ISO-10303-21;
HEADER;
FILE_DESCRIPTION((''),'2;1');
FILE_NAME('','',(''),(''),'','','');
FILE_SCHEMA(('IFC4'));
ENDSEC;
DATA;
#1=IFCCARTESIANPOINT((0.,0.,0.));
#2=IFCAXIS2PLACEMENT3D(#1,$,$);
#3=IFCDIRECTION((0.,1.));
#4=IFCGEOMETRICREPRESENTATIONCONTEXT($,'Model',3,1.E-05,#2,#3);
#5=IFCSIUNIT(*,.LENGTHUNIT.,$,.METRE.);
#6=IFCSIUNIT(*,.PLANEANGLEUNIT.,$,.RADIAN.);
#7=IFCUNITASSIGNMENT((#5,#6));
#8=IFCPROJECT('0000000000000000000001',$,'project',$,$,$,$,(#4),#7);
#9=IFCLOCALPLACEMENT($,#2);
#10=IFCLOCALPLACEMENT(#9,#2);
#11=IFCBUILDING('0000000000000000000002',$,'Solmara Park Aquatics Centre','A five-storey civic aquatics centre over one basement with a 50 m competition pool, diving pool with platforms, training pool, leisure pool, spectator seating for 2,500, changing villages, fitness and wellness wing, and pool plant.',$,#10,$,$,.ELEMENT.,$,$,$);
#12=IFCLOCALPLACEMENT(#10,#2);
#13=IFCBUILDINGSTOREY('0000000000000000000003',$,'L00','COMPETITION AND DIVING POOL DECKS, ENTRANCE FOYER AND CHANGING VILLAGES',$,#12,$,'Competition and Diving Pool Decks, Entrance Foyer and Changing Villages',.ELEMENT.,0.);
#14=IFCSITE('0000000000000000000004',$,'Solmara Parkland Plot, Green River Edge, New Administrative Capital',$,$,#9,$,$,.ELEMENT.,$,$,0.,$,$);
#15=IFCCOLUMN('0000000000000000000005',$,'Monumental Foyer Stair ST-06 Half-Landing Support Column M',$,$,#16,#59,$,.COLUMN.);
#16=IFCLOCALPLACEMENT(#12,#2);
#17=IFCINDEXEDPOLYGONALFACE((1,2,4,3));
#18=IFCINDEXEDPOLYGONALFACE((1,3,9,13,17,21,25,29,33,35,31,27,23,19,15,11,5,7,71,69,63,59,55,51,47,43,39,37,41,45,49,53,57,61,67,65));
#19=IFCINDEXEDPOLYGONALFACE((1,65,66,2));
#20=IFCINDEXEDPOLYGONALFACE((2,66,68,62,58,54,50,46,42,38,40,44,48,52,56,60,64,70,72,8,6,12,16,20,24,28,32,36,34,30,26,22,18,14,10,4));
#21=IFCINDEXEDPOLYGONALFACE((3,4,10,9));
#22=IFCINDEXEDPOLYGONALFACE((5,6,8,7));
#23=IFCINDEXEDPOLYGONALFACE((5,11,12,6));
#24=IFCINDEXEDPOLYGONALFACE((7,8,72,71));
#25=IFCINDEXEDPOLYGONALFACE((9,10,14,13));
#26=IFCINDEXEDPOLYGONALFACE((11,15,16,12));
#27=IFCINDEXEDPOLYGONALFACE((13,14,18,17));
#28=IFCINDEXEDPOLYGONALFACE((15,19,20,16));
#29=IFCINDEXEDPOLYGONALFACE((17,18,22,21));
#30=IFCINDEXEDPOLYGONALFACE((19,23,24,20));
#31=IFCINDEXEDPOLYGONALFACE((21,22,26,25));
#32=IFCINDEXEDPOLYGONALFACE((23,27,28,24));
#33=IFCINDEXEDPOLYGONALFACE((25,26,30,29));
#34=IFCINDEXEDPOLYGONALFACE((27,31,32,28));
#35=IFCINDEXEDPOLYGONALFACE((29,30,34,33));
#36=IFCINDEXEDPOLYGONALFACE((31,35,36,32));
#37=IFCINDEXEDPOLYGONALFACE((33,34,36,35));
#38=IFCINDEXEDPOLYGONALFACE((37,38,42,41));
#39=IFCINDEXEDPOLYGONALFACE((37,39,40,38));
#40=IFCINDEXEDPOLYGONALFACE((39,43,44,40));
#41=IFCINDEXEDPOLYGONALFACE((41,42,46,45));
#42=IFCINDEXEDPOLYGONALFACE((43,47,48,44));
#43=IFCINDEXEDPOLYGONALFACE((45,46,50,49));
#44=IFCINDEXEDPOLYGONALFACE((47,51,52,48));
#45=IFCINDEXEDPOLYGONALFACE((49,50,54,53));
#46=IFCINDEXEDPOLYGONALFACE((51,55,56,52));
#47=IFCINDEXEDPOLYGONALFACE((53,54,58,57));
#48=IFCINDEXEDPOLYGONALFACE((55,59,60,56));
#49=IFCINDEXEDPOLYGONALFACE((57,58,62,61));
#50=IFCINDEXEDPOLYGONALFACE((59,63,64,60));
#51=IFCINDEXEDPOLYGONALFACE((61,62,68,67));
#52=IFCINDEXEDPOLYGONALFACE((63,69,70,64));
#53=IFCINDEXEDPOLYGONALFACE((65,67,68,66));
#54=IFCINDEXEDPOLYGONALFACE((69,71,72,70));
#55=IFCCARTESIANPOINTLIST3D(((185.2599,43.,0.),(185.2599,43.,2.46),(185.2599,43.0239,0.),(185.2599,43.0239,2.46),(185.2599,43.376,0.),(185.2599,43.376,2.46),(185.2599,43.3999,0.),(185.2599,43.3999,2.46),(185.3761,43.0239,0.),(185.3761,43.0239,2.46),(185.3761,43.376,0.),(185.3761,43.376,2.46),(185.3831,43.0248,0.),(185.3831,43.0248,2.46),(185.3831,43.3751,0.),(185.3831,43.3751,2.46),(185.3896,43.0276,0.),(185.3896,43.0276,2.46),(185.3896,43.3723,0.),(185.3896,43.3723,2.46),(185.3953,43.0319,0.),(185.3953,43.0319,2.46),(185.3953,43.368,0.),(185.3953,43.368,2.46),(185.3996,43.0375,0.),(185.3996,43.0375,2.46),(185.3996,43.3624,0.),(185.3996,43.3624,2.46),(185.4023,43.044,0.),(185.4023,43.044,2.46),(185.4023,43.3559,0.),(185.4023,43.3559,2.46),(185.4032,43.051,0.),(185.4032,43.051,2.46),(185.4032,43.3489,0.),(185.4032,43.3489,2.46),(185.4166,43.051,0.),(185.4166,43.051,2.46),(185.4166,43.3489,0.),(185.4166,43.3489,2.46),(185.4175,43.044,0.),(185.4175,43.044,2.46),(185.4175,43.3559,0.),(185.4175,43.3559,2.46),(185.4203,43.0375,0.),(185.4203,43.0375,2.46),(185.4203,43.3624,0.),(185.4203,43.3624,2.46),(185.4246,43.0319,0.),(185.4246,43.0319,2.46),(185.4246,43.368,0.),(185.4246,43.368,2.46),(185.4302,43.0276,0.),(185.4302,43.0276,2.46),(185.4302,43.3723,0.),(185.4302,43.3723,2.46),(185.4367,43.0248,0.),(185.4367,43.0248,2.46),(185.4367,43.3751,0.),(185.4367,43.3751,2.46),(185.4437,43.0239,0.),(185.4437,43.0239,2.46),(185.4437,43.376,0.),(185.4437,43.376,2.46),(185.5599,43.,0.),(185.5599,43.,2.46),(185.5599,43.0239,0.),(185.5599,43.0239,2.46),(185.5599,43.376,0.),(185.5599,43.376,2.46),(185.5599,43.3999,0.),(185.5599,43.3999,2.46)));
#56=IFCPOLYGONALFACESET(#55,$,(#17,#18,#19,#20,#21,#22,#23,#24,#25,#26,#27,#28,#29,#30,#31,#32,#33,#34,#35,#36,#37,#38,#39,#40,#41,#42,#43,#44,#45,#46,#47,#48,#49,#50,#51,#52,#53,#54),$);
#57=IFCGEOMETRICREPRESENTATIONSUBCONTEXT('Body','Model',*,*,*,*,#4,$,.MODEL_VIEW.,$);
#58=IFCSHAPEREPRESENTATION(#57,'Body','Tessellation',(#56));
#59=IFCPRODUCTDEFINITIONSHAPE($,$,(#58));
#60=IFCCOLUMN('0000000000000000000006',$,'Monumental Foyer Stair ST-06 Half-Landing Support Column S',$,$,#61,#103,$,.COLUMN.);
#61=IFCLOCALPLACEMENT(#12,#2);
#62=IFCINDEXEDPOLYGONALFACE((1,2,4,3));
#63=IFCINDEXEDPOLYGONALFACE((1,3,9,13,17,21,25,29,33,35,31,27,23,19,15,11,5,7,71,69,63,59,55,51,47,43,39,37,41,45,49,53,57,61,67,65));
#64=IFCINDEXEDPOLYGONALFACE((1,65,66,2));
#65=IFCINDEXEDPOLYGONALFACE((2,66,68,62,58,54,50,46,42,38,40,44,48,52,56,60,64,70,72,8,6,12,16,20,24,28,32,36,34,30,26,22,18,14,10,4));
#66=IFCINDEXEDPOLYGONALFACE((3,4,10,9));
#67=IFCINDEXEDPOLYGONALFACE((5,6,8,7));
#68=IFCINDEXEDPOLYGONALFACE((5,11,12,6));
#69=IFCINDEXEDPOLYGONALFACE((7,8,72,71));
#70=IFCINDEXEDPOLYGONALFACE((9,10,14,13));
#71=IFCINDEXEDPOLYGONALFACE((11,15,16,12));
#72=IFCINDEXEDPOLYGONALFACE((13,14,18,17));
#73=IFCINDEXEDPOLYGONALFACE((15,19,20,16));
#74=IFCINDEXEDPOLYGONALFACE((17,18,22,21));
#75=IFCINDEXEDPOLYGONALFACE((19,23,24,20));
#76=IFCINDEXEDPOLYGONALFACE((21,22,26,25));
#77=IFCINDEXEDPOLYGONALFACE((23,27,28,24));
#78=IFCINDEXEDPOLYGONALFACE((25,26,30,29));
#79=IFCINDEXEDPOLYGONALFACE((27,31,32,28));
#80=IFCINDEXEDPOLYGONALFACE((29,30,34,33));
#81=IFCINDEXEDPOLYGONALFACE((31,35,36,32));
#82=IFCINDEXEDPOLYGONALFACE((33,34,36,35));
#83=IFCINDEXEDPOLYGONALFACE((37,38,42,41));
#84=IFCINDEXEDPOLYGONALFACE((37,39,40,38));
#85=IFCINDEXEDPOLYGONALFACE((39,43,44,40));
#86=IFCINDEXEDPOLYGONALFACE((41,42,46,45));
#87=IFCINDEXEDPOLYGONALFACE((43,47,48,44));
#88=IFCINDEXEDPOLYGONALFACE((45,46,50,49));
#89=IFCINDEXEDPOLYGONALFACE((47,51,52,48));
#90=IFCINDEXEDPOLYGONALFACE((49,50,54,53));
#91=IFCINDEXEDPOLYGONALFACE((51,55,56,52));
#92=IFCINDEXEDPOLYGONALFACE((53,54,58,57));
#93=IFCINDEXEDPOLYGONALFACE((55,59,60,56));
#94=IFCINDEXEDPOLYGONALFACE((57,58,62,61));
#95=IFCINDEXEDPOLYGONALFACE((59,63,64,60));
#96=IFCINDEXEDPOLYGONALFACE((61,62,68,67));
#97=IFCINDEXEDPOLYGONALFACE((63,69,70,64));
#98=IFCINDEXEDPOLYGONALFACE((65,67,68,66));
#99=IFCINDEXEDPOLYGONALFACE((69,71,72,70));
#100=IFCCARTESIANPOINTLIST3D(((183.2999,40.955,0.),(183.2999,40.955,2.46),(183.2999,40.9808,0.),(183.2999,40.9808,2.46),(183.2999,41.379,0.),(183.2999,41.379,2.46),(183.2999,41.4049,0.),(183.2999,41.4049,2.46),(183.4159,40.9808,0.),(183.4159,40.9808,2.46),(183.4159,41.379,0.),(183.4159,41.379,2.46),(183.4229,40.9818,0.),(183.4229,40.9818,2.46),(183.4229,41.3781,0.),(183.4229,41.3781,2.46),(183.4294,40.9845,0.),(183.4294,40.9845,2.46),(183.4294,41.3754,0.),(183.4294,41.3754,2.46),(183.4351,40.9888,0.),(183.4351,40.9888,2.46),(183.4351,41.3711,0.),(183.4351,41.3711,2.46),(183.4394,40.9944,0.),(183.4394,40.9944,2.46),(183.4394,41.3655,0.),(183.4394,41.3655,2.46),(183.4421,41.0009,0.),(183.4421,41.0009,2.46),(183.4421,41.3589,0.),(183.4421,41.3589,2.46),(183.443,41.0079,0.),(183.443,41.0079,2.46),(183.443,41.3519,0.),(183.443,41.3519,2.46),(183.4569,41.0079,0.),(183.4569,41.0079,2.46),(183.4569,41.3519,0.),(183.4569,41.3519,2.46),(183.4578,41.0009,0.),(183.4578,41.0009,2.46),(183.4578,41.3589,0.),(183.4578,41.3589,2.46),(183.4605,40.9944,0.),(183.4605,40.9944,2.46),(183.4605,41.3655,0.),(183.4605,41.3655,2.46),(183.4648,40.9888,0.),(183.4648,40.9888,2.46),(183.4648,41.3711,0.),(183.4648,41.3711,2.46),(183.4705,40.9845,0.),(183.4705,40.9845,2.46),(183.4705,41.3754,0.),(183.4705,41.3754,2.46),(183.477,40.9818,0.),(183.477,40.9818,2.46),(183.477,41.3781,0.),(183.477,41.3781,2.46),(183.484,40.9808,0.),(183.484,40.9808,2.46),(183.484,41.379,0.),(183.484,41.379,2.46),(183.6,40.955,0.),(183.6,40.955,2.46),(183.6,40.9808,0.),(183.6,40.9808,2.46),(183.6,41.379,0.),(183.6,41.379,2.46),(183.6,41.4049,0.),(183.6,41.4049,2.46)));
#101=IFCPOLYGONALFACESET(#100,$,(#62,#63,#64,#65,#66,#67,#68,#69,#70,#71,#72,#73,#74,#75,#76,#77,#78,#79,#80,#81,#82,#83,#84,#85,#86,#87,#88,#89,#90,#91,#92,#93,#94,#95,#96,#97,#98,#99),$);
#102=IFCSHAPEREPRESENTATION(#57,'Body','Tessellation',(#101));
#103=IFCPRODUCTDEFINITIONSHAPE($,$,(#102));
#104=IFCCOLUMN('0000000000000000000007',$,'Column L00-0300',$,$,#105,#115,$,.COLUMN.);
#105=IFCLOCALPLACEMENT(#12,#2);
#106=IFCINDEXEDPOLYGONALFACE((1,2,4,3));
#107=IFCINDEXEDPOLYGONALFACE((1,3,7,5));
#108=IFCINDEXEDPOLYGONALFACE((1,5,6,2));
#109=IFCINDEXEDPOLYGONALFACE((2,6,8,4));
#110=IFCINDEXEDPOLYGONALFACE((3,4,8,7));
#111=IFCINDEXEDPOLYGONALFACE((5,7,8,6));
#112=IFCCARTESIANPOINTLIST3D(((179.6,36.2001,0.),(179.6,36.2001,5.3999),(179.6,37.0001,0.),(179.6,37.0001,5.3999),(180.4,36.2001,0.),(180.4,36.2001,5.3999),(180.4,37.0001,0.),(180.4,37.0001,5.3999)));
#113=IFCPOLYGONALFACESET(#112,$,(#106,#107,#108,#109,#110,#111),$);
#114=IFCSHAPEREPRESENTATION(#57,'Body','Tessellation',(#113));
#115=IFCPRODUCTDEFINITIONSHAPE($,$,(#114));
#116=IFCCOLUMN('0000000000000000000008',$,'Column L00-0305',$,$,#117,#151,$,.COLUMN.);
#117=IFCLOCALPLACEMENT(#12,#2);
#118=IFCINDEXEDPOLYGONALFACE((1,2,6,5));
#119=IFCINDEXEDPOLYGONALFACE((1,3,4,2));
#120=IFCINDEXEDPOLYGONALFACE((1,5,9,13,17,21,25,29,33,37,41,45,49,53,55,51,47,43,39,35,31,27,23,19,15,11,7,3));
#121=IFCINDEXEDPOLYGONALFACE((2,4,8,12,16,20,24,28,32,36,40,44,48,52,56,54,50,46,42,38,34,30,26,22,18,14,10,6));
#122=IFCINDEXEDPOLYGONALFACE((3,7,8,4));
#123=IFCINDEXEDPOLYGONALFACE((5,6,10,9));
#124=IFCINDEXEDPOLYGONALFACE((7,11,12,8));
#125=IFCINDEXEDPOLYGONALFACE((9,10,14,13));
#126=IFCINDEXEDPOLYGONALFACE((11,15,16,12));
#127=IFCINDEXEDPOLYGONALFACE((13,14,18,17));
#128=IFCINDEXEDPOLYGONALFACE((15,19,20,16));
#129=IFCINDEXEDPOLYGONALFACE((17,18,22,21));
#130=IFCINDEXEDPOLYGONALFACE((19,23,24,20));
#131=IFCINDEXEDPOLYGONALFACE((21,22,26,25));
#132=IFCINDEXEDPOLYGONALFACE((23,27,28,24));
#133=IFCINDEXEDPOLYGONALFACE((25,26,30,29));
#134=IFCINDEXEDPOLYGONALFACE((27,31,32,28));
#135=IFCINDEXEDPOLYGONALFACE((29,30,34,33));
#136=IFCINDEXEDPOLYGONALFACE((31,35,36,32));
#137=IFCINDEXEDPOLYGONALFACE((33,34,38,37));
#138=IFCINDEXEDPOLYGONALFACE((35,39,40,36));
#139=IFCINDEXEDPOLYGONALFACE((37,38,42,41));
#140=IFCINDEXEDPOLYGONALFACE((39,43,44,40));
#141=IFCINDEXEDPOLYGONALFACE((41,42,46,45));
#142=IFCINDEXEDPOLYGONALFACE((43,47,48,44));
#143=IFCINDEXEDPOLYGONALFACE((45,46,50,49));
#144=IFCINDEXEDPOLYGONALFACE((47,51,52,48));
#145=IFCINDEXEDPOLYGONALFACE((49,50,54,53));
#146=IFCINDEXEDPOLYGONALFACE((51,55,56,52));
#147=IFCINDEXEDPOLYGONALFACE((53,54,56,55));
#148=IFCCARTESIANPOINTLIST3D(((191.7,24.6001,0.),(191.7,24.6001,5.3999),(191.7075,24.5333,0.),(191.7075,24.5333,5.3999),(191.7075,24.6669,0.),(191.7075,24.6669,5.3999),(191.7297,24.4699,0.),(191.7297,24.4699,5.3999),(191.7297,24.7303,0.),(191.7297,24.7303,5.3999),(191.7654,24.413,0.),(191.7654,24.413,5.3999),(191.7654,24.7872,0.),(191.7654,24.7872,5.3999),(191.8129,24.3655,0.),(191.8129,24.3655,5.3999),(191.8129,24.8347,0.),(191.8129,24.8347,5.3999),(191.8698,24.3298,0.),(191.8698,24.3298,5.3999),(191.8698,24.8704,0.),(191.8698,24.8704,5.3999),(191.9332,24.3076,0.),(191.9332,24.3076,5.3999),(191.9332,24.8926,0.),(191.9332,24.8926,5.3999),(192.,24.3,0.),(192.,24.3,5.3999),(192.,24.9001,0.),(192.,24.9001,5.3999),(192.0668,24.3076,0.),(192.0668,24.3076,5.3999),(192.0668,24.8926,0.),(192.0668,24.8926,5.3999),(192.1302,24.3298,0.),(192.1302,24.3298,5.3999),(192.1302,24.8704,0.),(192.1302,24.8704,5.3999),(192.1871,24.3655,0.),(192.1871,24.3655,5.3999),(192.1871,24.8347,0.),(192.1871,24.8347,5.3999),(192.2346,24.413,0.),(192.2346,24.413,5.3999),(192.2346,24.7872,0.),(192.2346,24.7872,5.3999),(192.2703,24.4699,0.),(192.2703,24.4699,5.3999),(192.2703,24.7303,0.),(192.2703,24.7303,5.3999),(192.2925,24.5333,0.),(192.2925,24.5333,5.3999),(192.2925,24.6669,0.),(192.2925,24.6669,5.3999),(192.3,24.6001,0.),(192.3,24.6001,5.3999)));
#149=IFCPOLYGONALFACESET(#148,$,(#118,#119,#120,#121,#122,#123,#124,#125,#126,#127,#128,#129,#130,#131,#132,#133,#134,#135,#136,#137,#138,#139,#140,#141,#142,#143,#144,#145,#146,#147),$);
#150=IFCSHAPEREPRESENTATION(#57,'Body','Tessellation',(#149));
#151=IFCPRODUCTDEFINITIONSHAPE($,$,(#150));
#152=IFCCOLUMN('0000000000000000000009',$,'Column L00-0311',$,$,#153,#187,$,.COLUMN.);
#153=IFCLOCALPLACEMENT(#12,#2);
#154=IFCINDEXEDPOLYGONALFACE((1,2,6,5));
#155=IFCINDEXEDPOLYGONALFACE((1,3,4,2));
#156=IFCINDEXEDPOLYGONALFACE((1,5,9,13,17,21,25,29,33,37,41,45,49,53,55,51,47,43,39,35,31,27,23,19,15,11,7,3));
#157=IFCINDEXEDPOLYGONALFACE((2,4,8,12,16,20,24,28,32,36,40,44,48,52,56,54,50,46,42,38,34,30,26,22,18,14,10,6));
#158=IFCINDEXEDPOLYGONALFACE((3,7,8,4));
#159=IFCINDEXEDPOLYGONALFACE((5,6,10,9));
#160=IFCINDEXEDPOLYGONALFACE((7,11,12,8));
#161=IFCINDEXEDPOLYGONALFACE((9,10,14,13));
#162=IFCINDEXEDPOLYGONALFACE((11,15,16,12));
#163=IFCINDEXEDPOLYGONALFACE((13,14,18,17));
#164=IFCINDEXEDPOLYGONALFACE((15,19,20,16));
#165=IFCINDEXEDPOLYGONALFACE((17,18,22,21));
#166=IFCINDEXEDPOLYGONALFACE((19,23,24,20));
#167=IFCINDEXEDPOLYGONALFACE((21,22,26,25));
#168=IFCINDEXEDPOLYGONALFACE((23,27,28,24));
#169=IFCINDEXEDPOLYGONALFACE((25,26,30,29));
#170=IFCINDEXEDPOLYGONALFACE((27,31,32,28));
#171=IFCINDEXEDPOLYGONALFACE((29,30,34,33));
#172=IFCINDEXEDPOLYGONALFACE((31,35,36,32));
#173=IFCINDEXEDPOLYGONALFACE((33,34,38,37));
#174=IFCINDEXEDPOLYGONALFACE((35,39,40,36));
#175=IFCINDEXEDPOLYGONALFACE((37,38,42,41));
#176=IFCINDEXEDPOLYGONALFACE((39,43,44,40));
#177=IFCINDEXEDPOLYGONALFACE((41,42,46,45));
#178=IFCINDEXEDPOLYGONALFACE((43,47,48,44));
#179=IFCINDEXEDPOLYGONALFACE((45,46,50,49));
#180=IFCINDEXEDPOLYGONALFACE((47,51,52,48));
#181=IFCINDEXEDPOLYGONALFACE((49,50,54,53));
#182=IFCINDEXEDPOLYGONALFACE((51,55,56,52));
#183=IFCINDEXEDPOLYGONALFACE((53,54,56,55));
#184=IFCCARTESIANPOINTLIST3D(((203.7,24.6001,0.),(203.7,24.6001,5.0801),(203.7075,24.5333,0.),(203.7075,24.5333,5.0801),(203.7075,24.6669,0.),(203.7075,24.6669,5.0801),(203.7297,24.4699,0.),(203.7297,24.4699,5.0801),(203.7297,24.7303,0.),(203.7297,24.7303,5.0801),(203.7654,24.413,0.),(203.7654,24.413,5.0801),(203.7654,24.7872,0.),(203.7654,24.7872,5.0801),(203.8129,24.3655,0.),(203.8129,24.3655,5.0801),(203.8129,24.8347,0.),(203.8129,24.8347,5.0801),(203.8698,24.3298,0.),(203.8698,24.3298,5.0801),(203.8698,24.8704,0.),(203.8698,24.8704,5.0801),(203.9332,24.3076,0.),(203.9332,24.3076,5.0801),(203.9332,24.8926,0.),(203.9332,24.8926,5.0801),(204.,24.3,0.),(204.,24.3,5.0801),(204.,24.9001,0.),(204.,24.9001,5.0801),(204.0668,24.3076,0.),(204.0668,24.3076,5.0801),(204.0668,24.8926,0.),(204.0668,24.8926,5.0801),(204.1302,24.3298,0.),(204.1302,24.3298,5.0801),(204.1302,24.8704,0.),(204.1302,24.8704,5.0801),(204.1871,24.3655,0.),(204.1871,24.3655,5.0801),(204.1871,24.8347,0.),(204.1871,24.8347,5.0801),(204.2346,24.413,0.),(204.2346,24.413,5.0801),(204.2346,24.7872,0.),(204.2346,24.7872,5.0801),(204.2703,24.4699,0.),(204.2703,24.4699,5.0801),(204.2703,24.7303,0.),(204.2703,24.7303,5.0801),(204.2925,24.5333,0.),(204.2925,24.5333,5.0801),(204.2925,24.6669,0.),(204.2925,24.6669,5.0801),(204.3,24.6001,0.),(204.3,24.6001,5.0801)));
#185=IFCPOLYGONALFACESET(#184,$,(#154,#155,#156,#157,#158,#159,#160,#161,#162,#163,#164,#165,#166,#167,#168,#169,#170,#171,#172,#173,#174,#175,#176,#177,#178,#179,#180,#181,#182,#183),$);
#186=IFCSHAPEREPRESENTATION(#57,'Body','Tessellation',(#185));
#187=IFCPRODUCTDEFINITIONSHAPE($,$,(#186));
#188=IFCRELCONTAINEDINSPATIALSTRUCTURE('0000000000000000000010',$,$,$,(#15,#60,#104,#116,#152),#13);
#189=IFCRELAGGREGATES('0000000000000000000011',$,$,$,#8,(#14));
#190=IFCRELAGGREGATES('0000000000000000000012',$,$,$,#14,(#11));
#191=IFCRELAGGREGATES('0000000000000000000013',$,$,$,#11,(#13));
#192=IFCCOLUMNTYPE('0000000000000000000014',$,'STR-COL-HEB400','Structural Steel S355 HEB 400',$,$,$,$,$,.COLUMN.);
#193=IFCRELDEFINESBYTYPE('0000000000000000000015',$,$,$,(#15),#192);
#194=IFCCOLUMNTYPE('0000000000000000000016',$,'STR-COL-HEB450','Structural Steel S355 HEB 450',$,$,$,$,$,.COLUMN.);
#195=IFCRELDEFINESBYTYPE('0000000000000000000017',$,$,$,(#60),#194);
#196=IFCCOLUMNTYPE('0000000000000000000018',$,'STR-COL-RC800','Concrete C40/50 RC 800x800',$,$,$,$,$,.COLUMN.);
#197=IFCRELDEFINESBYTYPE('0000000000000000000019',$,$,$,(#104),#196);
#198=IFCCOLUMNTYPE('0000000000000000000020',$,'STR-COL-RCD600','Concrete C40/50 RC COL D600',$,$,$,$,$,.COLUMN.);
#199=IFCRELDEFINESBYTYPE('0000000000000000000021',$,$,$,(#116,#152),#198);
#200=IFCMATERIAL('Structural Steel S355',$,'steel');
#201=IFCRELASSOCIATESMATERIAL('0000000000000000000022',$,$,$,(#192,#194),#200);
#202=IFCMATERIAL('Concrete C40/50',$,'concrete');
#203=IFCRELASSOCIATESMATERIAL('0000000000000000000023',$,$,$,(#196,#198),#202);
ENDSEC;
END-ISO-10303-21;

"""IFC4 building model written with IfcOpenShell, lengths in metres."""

from ifc_helpers import new_model, si_unit, direction, frame, origin, origin_2d, place, context, subcontext, project, spatial, rectangle, circle, i_section, extrude, material, material_profile, profile_set, type_object, element, save


model = new_model("IFC4")

# Units and contexts
model_context = context("Model", 3, precision=1e-05, world=origin(), true_north=direction((0.0, 1.0)))
body_context = subcontext(model_context, "Body", "Model", "MODEL_VIEW")
ifc_project = project(units=[si_unit("LENGTHUNIT", "METRE"), si_unit("PLANEANGLEUNIT", "RADIAN")], contexts=[model_context])

# Site, building, storey
site_placement = place(None, origin())
site = spatial("IfcSite", under=ifc_project, at=site_placement, Name="Solmara Parkland Plot, Green River Edge, New Administrative Capital", CompositionType="ELEMENT", RefElevation=0.0)
building_placement = place(site_placement, origin())
building = spatial("IfcBuilding", under=site, at=building_placement, Name="Solmara Park Aquatics Centre", Description="A five-storey civic aquatics centre over one basement with a 50 m competition pool, diving pool with platforms, training pool, leisure pool, spectator seating for 2,500, changing villages, fitness and wellness wing, and pool plant.", CompositionType="ELEMENT")
storey_placement = place(building_placement, origin())
storey = spatial("IfcBuildingStorey", under=building, at=storey_placement, Name="L00", Description="COMPETITION AND DIVING POOL DECKS, ENTRANCE FOYER AND CHANGING VILLAGES", LongName="Competition and Diving Pool Decks, Entrance Foyer and Changing Villages", CompositionType="ELEMENT", Elevation=0.0)

# Columns
ifc_material_1 = material(Name="Structural Steel S355", Category="steel")
ifc_material_profile_1 = material_profile(ifc_material_1, i_section(OverallWidth=0.3, OverallDepth=0.3999, WebThickness=0.0134, FlangeThickness=0.0239, FilletRadius=0.0271, at=origin_2d()), Name="HEB 400")
ifc_profile_set_1 = profile_set([ifc_material_profile_1], Name="Structural Steel S355")
column_type_1 = type_object("IfcColumnType", Name="STR-COL-HEB400", Description="Structural Steel S355 HEB 400", PredefinedType="COLUMN", material=ifc_profile_set_1)
column_1_placement = place(storey_placement, frame((185.4099, 43.2, 0.0), z_axis=(0.0, 0.0, 1.0), x_axis=(1.0, 0.0, 0.0)))
element("IfcColumn", 1, at=column_1_placement, inside=storey, type_object=column_type_1, Name="Monumental Foyer Stair ST-06 Half-Landing Support Column M", PredefinedType="COLUMN", context=body_context, shape_type="SweptSolid", body=[
    extrude(i_section(OverallWidth=0.3, OverallDepth=0.3999, WebThickness=0.0134, FlangeThickness=0.0239, FilletRadius=0.0271, at=origin_2d()), origin(), (0.0, 0.0, 1.0), 2.46),
])
ifc_material_profile_2 = material_profile(ifc_material_1, i_section(OverallWidth=0.3, OverallDepth=0.45, WebThickness=0.0139, FlangeThickness=0.0259, FilletRadius=0.0271, at=origin_2d()), Name="HEB 450")
ifc_profile_set_2 = profile_set([ifc_material_profile_2], Name="Structural Steel S355")
column_type_2 = type_object("IfcColumnType", Name="STR-COL-HEB450", Description="Structural Steel S355 HEB 450", PredefinedType="COLUMN", material=ifc_profile_set_2)
column_2_placement = place(storey_placement, frame((183.45, 41.1799, 0.0), z_axis=(0.0, 0.0, 1.0), x_axis=(1.0, 0.0, 0.0)))
element("IfcColumn", 2, at=column_2_placement, inside=storey, type_object=column_type_2, Name="Monumental Foyer Stair ST-06 Half-Landing Support Column S", PredefinedType="COLUMN", context=body_context, shape_type="SweptSolid", body=[
    extrude(i_section(OverallWidth=0.3, OverallDepth=0.45, WebThickness=0.0139, FlangeThickness=0.0259, FilletRadius=0.0271, at=origin_2d()), origin(), (0.0, 0.0, 1.0), 2.46),
])
ifc_material_2 = material(Name="Concrete C40/50", Category="concrete")
ifc_material_profile_3 = material_profile(ifc_material_2, rectangle(XDim=0.8, YDim=0.8, at=origin_2d()), Name="RC 800x800")
ifc_profile_set_3 = profile_set([ifc_material_profile_3], Name="Concrete C40/50")
column_type_3 = type_object("IfcColumnType", Name="STR-COL-RC800", Description="Concrete C40/50 RC 800x800", PredefinedType="COLUMN", material=ifc_profile_set_3)
column_3_placement = place(storey_placement, frame((180.0, 36.6001, 0.0), z_axis=(0.0, 0.0, 1.0), x_axis=(1.0, 0.0, 0.0)))
element("IfcColumn", 3, at=column_3_placement, inside=storey, type_object=column_type_3, Name="Column L00-0300", PredefinedType="COLUMN", context=body_context, shape_type="SweptSolid", body=[
    extrude(rectangle(XDim=0.8, YDim=0.8, at=origin_2d()), origin(), (0.0, 0.0, 1.0), 5.3999),
])
ifc_material_profile_4 = material_profile(ifc_material_2, circle(Radius=0.3, at=origin_2d()), Name="RC COL D600")
ifc_profile_set_4 = profile_set([ifc_material_profile_4], Name="Concrete C40/50")
column_type_4 = type_object("IfcColumnType", Name="STR-COL-RCD600", Description="Concrete C40/50 RC COL D600", PredefinedType="COLUMN", material=ifc_profile_set_4)
column_4_placement = place(storey_placement, frame((192.0, 24.6001, 0.0), z_axis=(0.0, 0.0, 1.0), x_axis=(1.0, 0.0, 0.0)))
element("IfcColumn", 4, at=column_4_placement, inside=storey, type_object=column_type_4, Name="Column L00-0305", PredefinedType="COLUMN", context=body_context, shape_type="SweptSolid", body=[
    extrude(circle(Radius=0.3, at=origin_2d()), origin(), (0.0, 0.0, 1.0), 5.3999),
])
column_5_placement = place(storey_placement, frame((204.0, 24.6001, 0.0), z_axis=(0.0, 0.0, 1.0), x_axis=(1.0, 0.0, 0.0)))
element("IfcColumn", 5, at=column_5_placement, inside=storey, type_object=column_type_4, Name="Column L00-0311", PredefinedType="COLUMN", context=body_context, shape_type="SweptSolid", body=[
    extrude(circle(Radius=0.3, at=origin_2d()), origin(), (0.0, 0.0, 1.0), 5.0801),
])

save(model, "model.ifc")
